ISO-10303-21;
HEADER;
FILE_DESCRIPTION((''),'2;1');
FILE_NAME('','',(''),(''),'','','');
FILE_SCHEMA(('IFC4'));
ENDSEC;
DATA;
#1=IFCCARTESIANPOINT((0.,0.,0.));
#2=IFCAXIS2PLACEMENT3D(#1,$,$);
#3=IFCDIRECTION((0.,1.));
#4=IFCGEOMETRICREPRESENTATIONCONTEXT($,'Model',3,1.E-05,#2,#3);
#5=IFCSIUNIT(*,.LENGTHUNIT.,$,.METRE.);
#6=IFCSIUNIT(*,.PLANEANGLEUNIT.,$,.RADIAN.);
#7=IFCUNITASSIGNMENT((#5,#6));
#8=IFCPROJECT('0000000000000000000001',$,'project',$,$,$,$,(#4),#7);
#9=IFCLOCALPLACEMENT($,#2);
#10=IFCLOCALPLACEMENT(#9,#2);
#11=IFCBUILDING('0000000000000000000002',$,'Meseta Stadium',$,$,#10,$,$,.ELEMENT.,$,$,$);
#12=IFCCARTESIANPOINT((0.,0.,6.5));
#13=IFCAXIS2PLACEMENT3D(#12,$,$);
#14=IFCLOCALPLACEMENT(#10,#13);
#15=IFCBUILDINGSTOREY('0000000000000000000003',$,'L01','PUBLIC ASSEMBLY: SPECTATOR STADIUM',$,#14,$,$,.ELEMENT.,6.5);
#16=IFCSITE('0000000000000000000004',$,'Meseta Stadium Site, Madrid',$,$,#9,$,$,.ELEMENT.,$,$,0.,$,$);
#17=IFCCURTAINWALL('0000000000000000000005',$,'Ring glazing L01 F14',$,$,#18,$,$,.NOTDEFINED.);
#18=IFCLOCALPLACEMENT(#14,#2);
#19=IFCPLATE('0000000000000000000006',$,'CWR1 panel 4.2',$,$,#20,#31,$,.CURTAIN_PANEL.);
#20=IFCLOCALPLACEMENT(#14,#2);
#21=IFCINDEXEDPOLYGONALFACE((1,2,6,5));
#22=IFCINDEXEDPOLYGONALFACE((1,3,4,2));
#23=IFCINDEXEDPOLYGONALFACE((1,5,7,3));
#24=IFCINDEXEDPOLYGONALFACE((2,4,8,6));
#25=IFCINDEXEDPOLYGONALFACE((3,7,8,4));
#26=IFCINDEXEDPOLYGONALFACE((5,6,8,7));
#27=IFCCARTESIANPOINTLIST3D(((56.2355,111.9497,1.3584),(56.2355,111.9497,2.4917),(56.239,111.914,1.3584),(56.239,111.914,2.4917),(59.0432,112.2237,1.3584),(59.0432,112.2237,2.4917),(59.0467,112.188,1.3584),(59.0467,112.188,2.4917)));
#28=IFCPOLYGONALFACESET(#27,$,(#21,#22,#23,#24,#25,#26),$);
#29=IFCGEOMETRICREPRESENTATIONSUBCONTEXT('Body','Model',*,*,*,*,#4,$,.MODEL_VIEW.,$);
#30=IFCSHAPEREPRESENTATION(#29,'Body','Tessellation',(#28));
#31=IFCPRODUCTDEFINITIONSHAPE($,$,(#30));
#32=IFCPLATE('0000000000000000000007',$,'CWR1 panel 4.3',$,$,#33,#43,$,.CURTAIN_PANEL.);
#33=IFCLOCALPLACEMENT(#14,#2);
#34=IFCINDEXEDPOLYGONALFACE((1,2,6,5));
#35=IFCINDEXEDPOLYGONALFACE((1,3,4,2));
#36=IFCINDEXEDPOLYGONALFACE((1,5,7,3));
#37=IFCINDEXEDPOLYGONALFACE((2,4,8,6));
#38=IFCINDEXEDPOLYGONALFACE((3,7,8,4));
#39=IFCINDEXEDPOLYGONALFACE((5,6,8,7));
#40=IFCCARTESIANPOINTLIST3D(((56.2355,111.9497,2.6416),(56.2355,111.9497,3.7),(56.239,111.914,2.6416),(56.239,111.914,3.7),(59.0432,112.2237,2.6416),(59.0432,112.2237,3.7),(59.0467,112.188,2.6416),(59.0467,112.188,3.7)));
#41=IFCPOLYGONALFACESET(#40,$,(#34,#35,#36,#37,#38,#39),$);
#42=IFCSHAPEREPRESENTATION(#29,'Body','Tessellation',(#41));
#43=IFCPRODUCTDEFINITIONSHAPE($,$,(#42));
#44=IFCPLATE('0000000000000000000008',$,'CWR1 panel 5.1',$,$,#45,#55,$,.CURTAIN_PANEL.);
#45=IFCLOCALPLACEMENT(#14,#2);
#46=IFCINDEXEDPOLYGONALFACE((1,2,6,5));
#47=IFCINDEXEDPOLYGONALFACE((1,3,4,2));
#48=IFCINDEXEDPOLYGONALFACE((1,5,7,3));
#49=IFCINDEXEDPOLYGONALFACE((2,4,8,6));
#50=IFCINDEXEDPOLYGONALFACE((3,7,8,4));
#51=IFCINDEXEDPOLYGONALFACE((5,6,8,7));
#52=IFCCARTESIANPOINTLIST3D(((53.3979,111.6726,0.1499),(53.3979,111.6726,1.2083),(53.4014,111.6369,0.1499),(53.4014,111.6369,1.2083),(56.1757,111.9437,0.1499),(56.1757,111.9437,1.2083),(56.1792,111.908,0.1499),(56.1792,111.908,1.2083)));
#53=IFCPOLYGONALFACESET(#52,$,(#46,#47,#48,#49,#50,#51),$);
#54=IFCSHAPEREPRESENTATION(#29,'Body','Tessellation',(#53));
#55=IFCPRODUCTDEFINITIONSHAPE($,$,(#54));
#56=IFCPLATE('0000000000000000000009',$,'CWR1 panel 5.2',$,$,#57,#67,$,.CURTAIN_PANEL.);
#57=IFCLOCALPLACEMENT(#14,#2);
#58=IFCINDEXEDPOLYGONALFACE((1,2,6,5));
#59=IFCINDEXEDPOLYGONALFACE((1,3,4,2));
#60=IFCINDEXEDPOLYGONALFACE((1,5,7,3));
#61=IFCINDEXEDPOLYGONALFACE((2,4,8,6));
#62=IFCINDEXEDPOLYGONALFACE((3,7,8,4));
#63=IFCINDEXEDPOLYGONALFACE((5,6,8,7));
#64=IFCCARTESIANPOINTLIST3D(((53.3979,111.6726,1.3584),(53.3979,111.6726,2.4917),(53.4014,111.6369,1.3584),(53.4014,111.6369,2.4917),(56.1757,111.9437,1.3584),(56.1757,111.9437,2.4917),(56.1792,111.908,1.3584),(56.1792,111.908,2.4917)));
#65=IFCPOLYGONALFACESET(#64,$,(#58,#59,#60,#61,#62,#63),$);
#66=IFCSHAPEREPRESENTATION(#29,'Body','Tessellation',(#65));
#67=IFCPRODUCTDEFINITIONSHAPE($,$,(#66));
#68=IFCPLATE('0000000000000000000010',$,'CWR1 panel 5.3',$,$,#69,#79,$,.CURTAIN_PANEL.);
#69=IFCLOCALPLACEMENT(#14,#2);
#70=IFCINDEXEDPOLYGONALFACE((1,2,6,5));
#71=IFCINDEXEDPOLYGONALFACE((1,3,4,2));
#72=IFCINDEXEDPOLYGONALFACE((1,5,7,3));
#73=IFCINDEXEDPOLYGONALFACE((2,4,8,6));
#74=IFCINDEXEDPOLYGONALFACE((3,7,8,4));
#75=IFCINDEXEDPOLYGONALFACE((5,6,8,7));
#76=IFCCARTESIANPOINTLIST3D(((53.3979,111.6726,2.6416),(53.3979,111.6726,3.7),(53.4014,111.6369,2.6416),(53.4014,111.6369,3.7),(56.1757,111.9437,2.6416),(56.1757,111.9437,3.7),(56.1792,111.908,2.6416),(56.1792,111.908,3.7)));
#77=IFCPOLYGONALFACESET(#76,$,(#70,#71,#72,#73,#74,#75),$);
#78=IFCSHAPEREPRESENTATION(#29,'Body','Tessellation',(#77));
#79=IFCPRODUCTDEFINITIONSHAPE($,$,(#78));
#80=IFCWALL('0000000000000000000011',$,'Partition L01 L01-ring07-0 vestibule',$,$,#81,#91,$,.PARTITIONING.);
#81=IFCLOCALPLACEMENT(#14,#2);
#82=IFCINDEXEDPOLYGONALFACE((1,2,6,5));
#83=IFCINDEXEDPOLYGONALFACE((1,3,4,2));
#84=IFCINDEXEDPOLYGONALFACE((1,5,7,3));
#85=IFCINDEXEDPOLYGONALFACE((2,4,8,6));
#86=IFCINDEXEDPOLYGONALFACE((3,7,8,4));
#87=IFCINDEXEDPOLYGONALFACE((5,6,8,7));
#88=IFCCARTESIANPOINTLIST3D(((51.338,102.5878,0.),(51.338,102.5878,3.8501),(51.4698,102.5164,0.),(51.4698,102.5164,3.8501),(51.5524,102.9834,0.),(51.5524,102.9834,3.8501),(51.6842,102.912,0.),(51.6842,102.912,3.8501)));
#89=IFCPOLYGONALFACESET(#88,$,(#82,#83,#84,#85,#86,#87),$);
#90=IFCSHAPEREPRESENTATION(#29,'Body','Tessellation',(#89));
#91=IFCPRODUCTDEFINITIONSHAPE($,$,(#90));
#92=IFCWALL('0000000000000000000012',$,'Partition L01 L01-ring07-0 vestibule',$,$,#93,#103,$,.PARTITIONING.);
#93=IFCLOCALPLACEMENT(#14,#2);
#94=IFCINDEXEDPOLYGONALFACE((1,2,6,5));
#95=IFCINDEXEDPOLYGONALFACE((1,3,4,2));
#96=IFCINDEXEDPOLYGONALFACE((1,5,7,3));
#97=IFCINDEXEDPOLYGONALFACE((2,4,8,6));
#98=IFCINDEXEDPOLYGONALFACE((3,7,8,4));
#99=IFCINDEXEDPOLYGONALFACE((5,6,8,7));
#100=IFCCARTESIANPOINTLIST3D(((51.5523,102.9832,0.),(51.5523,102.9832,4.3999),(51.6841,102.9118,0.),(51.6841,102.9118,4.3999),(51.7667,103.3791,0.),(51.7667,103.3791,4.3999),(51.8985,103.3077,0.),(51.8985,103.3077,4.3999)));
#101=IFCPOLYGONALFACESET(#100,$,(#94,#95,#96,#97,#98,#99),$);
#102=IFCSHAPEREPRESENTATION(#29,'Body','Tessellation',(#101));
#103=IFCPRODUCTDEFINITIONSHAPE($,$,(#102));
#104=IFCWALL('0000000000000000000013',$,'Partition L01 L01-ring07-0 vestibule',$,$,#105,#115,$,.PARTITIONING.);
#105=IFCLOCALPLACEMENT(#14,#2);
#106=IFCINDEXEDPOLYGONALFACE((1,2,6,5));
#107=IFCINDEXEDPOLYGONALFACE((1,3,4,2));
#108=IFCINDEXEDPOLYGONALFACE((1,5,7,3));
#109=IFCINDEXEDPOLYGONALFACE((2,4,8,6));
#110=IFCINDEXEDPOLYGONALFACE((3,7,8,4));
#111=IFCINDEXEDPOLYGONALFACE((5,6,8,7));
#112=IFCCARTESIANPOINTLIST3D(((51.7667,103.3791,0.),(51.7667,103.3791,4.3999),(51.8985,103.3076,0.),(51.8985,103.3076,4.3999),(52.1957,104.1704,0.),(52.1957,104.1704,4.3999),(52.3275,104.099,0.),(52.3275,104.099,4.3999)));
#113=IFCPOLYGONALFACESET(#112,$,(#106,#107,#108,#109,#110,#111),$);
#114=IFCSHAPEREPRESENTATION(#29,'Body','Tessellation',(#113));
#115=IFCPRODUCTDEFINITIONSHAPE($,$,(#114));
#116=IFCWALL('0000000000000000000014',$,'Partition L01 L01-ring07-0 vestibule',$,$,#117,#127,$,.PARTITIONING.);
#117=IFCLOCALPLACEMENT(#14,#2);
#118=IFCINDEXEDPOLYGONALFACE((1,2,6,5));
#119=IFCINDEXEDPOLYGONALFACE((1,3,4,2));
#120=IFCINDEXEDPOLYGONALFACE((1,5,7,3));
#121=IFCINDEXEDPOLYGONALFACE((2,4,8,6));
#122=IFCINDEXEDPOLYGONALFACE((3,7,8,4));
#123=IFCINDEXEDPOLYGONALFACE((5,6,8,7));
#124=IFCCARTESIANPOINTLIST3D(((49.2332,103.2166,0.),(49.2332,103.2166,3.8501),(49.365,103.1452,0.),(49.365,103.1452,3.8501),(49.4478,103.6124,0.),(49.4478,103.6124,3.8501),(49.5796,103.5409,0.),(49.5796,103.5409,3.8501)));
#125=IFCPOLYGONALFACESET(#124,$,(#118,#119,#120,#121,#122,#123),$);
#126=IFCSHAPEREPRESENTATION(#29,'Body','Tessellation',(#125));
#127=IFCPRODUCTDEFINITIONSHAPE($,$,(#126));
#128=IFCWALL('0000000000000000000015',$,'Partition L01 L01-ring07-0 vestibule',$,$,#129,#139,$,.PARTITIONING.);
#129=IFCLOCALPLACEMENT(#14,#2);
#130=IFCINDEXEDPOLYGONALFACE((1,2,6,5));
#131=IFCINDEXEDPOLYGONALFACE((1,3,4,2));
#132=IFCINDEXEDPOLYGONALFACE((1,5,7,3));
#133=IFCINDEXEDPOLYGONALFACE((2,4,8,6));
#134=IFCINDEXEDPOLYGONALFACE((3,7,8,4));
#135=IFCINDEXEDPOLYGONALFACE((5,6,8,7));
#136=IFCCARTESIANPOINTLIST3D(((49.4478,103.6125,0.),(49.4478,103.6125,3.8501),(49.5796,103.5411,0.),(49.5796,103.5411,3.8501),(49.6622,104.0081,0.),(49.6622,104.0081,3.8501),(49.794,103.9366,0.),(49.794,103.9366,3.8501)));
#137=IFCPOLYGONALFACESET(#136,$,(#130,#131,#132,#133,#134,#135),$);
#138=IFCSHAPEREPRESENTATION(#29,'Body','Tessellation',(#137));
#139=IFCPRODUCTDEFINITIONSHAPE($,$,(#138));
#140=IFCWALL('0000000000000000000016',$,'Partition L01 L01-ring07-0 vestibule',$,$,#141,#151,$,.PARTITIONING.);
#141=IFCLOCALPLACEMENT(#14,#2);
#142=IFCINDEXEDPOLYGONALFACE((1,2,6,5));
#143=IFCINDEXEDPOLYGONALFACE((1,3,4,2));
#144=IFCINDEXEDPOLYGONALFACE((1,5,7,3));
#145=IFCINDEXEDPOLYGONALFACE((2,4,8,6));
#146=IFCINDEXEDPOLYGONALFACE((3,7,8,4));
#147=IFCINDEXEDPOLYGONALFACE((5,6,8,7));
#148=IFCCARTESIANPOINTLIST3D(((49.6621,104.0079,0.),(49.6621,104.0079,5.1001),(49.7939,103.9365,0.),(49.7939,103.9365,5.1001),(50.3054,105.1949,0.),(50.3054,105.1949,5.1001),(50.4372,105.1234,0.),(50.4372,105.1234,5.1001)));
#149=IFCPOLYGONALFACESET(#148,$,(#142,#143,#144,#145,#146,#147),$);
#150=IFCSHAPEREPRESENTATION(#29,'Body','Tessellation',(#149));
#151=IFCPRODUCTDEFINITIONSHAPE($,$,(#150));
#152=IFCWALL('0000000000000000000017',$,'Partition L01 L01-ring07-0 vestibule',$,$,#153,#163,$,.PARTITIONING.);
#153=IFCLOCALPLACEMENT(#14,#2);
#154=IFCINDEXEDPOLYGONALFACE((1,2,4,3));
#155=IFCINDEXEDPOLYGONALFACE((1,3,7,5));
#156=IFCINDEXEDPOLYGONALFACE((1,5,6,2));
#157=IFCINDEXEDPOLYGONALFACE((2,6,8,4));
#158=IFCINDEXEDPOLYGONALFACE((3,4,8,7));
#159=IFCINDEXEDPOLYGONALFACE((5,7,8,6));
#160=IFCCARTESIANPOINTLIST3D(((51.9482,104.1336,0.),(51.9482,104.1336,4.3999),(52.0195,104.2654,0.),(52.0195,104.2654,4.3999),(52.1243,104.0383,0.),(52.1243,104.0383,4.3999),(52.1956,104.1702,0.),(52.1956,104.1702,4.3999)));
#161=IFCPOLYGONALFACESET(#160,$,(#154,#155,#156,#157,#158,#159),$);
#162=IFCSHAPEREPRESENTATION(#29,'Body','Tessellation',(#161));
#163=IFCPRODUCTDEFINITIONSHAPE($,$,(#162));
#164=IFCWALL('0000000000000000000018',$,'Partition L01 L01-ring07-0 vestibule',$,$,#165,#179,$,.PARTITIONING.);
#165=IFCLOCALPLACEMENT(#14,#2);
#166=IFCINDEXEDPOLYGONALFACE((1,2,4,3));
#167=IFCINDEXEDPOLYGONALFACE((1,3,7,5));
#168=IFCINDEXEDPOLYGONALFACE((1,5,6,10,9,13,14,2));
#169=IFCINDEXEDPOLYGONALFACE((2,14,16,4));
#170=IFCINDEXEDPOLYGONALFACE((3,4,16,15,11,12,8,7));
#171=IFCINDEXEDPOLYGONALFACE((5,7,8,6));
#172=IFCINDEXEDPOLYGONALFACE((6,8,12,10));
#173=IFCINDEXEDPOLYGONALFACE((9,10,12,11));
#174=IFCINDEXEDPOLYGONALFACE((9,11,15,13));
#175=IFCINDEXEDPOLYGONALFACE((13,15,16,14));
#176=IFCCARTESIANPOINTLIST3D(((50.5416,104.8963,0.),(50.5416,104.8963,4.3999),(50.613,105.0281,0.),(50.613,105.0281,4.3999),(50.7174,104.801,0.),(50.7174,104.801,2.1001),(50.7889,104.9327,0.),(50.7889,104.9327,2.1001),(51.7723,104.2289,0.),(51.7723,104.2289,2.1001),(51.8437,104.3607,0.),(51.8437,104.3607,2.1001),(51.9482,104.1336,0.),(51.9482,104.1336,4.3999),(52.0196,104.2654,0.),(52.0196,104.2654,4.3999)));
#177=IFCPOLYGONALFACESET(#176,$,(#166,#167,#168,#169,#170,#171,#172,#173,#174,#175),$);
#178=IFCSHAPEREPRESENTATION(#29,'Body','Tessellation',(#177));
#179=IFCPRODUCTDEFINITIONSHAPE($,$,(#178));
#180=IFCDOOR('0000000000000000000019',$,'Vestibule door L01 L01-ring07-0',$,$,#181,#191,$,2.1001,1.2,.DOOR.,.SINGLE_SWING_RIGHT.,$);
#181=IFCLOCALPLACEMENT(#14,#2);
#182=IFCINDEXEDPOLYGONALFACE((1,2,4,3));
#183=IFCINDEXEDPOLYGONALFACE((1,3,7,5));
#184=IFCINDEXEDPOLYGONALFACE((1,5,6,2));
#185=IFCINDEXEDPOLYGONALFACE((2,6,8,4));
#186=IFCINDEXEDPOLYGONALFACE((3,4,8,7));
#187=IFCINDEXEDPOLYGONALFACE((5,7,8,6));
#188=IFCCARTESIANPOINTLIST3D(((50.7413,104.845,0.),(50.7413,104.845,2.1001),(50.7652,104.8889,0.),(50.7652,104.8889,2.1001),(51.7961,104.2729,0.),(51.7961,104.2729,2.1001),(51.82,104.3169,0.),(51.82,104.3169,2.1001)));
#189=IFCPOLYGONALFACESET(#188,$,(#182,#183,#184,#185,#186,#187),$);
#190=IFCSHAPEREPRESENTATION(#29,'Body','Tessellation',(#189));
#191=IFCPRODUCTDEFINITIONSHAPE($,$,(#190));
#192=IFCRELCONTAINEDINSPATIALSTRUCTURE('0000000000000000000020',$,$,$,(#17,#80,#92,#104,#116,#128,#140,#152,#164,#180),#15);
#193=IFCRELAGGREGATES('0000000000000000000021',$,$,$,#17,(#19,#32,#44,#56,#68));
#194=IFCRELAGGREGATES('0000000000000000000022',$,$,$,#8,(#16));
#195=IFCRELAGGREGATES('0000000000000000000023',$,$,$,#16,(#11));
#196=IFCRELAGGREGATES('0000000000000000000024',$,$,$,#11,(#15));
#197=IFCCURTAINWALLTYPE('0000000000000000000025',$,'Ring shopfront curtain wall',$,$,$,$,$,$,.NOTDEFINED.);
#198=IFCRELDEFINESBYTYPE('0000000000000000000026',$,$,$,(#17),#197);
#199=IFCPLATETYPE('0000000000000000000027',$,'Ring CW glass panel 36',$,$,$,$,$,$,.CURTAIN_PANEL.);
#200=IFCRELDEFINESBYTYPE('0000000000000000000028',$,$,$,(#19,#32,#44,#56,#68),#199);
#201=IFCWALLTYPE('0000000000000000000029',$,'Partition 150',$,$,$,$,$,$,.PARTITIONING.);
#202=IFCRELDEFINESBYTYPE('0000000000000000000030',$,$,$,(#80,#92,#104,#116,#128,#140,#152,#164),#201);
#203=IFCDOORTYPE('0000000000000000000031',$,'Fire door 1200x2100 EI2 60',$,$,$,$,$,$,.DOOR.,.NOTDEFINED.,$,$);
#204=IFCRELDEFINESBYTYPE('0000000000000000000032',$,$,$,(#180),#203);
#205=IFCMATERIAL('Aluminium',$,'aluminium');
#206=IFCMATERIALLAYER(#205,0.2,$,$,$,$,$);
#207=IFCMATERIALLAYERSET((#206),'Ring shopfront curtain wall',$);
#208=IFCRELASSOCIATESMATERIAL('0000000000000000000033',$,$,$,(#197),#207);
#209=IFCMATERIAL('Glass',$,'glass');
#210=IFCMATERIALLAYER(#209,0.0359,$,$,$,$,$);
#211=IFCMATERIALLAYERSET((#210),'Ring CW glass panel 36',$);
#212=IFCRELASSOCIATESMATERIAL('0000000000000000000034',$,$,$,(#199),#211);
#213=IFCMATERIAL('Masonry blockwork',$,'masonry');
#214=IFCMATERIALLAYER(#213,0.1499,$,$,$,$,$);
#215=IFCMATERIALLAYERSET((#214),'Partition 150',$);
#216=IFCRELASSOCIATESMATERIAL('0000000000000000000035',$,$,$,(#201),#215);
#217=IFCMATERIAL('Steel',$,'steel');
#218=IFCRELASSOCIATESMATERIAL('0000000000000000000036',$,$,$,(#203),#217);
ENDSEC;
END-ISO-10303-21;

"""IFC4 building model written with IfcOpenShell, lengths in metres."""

from ifc_helpers import new_model, si_unit, direction, frame, frame_2d, origin, origin_2d, place, context, subcontext, project, spatial, rectangle, extrude, material, layer, layer_set, type_object, element, fill, aggregate, save


model = new_model("IFC4")

# Units and contexts
model_context = context("Model", 3, precision=1e-05, world=origin(), true_north=direction((0.0, 1.0)))
body_context = subcontext(model_context, "Body", "Model", "MODEL_VIEW")
ifc_project = project(units=[si_unit("LENGTHUNIT", "METRE"), si_unit("PLANEANGLEUNIT", "RADIAN")], contexts=[model_context])

# Site, building, storey
site_placement = place(None, origin())
site = spatial("IfcSite", under=ifc_project, at=site_placement, Name="Meseta Stadium Site, Madrid", CompositionType="ELEMENT", RefElevation=0.0)
building_placement = place(site_placement, origin())
building = spatial("IfcBuilding", under=site, at=building_placement, Name="Meseta Stadium", CompositionType="ELEMENT")
storey_placement = place(building_placement, frame((0.0, 0.0, 6.5)))
storey = spatial("IfcBuildingStorey", under=building, at=storey_placement, Name="L01", Description="PUBLIC ASSEMBLY: SPECTATOR STADIUM", CompositionType="ELEMENT", Elevation=6.5)

# Curtain wall, plates
ifc_material_1 = material(Name="Aluminium", Category="aluminium")
ifc_layer_1 = layer(ifc_material_1, 0.2)
ifc_layer_set_1 = layer_set([ifc_layer_1], Name="Ring shopfront curtain wall")
curtain_wall_type = type_object("IfcCurtainWallType", Name="Ring shopfront curtain wall", PredefinedType="NOTDEFINED", material=ifc_layer_set_1)
curtain_wall_placement = place(storey_placement, origin())
curtain_wall = element("IfcCurtainWall", 1, at=curtain_wall_placement, inside=storey, type_object=curtain_wall_type, Name="Ring glazing L01 F14", PredefinedType="NOTDEFINED")
ifc_material_2 = material(Name="Glass", Category="glass")
ifc_layer_2 = layer(ifc_material_2, 0.0359)
ifc_layer_set_2 = layer_set([ifc_layer_2], Name="Ring CW glass panel 36")
plate_type = type_object("IfcPlateType", Name="Ring CW glass panel 36", PredefinedType="CURTAIN_PANEL", material=ifc_layer_set_2)
plate_1_placement = place(storey_placement, frame((57.6411, 112.0688, 1.3584), z_axis=(0.0, 0.0, 1.0), x_axis=(-0.995272, -0.097125, 0.0)))
plate_1 = element("IfcPlate", 2, at=plate_1_placement, type_object=plate_type, Name="CWR1 panel 4.2", PredefinedType="CURTAIN_PANEL", context=body_context, shape_type="SweptSolid", body=[
    extrude(rectangle(XDim=2.821, YDim=0.0359, at=origin_2d()), origin(), (0.0, 0.0, 1.0), 1.1333),
])
plate_2_placement = place(storey_placement, frame((57.6411, 112.0688, 2.6416), z_axis=(0.0, 0.0, 1.0), x_axis=(-0.995272, -0.097125, 0.0)))
plate_2 = element("IfcPlate", 3, at=plate_2_placement, type_object=plate_type, Name="CWR1 panel 4.3", PredefinedType="CURTAIN_PANEL", context=body_context, shape_type="SweptSolid", body=[
    extrude(rectangle(XDim=2.821, YDim=0.0359, at=origin_2d()), origin(), (0.0, 0.0, 1.0), 1.0583),
])
plate_3_placement = place(storey_placement, frame((54.7886, 111.7903, 0.1499), z_axis=(0.0, 0.0, 1.0), x_axis=(-0.995272, -0.097125, 0.0)))
plate_3 = element("IfcPlate", 4, at=plate_3_placement, type_object=plate_type, Name="CWR1 panel 5.1", PredefinedType="CURTAIN_PANEL", context=body_context, shape_type="SweptSolid", body=[
    extrude(rectangle(XDim=2.791, YDim=0.0359, at=origin_2d()), origin(), (0.0, 0.0, 1.0), 1.0583),
])
plate_4_placement = place(storey_placement, frame((54.7886, 111.7903, 1.3584), z_axis=(0.0, 0.0, 1.0), x_axis=(-0.995272, -0.097125, 0.0)))
plate_4 = element("IfcPlate", 5, at=plate_4_placement, type_object=plate_type, Name="CWR1 panel 5.2", PredefinedType="CURTAIN_PANEL", context=body_context, shape_type="SweptSolid", body=[
    extrude(rectangle(XDim=2.791, YDim=0.0359, at=origin_2d()), origin(), (0.0, 0.0, 1.0), 1.1333),
])
plate_5_placement = place(storey_placement, frame((54.7886, 111.7903, 2.6416), z_axis=(0.0, 0.0, 1.0), x_axis=(-0.995272, -0.097125, 0.0)))
plate_5 = element("IfcPlate", 6, at=plate_5_placement, type_object=plate_type, Name="CWR1 panel 5.3", PredefinedType="CURTAIN_PANEL", context=body_context, shape_type="SweptSolid", body=[
    extrude(rectangle(XDim=2.791, YDim=0.0359, at=origin_2d()), origin(), (0.0, 0.0, 1.0), 1.0583),
])
aggregate(curtain_wall, [plate_1, plate_2, plate_3, plate_4, plate_5])

# Walls
ifc_material_3 = material(Name="Masonry blockwork", Category="masonry")
ifc_layer_3 = layer(ifc_material_3, 0.1499)
ifc_layer_set_3 = layer_set([ifc_layer_3], Name="Partition 150")
wall_type = type_object("IfcWallType", Name="Partition 150", PredefinedType="PARTITIONING", material=ifc_layer_set_3)
wall_1_placement = place(storey_placement, frame((51.4038, 102.552, 0.0), z_axis=(0.0, 0.0, 1.0), x_axis=(0.476493, 0.879178, 0.0)))
element("IfcWall", 7, at=wall_1_placement, inside=storey, type_object=wall_type, Name="Partition L01 L01-ring07-0 vestibule", PredefinedType="PARTITIONING", context=body_context, shape_type="SweptSolid", body=[
    extrude(rectangle(XDim=0.45, YDim=0.1499, at=frame_2d((0.2251, 0.0))), origin(), (0.0, 0.0, 1.0), 3.8501),
])
wall_2_placement = place(storey_placement, frame((51.6182, 102.9475, 0.0), z_axis=(0.0, 0.0, 1.0), x_axis=(0.476266, 0.879301, 0.0)))
element("IfcWall", 8, at=wall_2_placement, inside=storey, type_object=wall_type, Name="Partition L01 L01-ring07-0 vestibule", PredefinedType="PARTITIONING", context=body_context, shape_type="SweptSolid", body=[
    extrude(rectangle(XDim=0.4502, YDim=0.1499, at=frame_2d((0.2251, 0.0))), origin(), (0.0, 0.0, 1.0), 4.3999),
])
wall_3_placement = place(storey_placement, frame((51.8325, 103.3433, 0.0), z_axis=(0.0, 0.0, 1.0), x_axis=(0.476589, 0.879126, 0.0)))
element("IfcWall", 9, at=wall_3_placement, inside=storey, type_object=wall_type, Name="Partition L01 L01-ring07-0 vestibule", PredefinedType="PARTITIONING", context=body_context, shape_type="SweptSolid", body=[
    extrude(rectangle(XDim=0.9001, YDim=0.1499, at=frame_2d((0.4502, 0.0))), origin(), (0.0, 0.0, 1.0), 4.3999),
])
wall_4_placement = place(storey_placement, frame((49.2991, 103.1809, 0.0), z_axis=(0.0, 0.0, 1.0), x_axis=(0.476685, 0.879074, 0.0)))
element("IfcWall", 10, at=wall_4_placement, inside=storey, type_object=wall_type, Name="Partition L01 L01-ring07-0 vestibule", PredefinedType="PARTITIONING", context=body_context, shape_type="SweptSolid", body=[
    extrude(rectangle(XDim=0.4502, YDim=0.1499, at=frame_2d((0.2251, 0.0))), origin(), (0.0, 0.0, 1.0), 3.8501),
])
wall_5_placement = place(storey_placement, frame((49.5137, 103.5767, 0.0), z_axis=(0.0, 0.0, 1.0), x_axis=(0.476493, 0.879178, 0.0)))
element("IfcWall", 11, at=wall_5_placement, inside=storey, type_object=wall_type, Name="Partition L01 L01-ring07-0 vestibule", PredefinedType="PARTITIONING", context=body_context, shape_type="SweptSolid", body=[
    extrude(rectangle(XDim=0.45, YDim=0.1499, at=frame_2d((0.2251, 0.0))), origin(), (0.0, 0.0, 1.0), 3.8501),
])
wall_6_placement = place(storey_placement, frame((49.728, 103.9722, 0.0), z_axis=(0.0, 0.0, 1.0), x_axis=(0.476481, 0.879185, 0.0)))
element("IfcWall", 12, at=wall_6_placement, inside=storey, type_object=wall_type, Name="Partition L01 L01-ring07-0 vestibule", PredefinedType="PARTITIONING", context=body_context, shape_type="SweptSolid", body=[
    extrude(rectangle(XDim=1.3501, YDim=0.1499, at=frame_2d((0.675, 0.0))), origin(), (0.0, 0.0, 1.0), 5.1001),
])
wall_7_placement = place(storey_placement, frame((52.1599, 104.1042, 0.0), z_axis=(0.0, 0.0, 1.0), x_axis=(-0.879569, 0.475772, 0.0)))
element("IfcWall", 13, at=wall_7_placement, inside=storey, type_object=wall_type, Name="Partition L01 L01-ring07-0 vestibule", PredefinedType="PARTITIONING", context=body_context, shape_type="SweptSolid", body=[
    extrude(rectangle(XDim=0.2002, YDim=0.1499, at=frame_2d((0.1001, 0.0))), origin(), (0.0, 0.0, 1.0), 4.3999),
])

# Wall, opening, door
wall_8_placement = place(storey_placement, frame((51.9839, 104.1995, 0.0), z_axis=(0.0, 0.0, 1.0), x_axis=(-0.879071, 0.476691, 0.0)))
wall_8 = element("IfcWall", 14, at=wall_8_placement, inside=storey, type_object=wall_type, Name="Partition L01 L01-ring07-0 vestibule", PredefinedType="PARTITIONING", context=body_context, shape_type="SweptSolid", body=[
    extrude(rectangle(XDim=1.6001, YDim=0.1499, at=frame_2d((0.8, 0.0))), origin(), (0.0, 0.0, 1.0), 4.3999),
])
opening_placement = place(wall_8_placement, frame((0.2, 0.0, 0.0)))
opening = element("IfcOpeningElement", 15, at=opening_placement, cuts=wall_8, PredefinedType="OPENING", context=body_context, shape_type="SweptSolid", body=[
    extrude(rectangle(XDim=1.2, YDim=2.1001, at=frame_2d((0.6001, 1.05))), frame((0.0, 0.085, 0.0), z_axis=(0.0, -1.0, 0.0), x_axis=(1.0, 0.0, 0.0)), (0.0, 0.0, 1.0), 0.1699),
])
ifc_material_4 = material(Name="Steel", Category="steel")
door_type = type_object("IfcDoorType", Name="Fire door 1200x2100 EI2 60", OperationType="NOTDEFINED", PredefinedType="DOOR", material=ifc_material_4)
door_placement = place(opening_placement, origin())
door = element("IfcDoor", 16, at=door_placement, inside=storey, type_object=door_type, Name="Vestibule door L01 L01-ring07-0", OperationType="SINGLE_SWING_RIGHT", OverallHeight=2.1001, OverallWidth=1.2, PredefinedType="DOOR", context=body_context, shape_type="SweptSolid", body=[
    extrude(rectangle(XDim=1.2, YDim=2.1001, at=frame_2d((0.6001, 1.05))), frame((0.0, 0.0249, 0.0), z_axis=(0.0, -1.0, 0.0), x_axis=(1.0, 0.0, 0.0)), (0.0, 0.0, 1.0), 0.05),
])
fill(opening, door)

save(model, "model.ifc")
